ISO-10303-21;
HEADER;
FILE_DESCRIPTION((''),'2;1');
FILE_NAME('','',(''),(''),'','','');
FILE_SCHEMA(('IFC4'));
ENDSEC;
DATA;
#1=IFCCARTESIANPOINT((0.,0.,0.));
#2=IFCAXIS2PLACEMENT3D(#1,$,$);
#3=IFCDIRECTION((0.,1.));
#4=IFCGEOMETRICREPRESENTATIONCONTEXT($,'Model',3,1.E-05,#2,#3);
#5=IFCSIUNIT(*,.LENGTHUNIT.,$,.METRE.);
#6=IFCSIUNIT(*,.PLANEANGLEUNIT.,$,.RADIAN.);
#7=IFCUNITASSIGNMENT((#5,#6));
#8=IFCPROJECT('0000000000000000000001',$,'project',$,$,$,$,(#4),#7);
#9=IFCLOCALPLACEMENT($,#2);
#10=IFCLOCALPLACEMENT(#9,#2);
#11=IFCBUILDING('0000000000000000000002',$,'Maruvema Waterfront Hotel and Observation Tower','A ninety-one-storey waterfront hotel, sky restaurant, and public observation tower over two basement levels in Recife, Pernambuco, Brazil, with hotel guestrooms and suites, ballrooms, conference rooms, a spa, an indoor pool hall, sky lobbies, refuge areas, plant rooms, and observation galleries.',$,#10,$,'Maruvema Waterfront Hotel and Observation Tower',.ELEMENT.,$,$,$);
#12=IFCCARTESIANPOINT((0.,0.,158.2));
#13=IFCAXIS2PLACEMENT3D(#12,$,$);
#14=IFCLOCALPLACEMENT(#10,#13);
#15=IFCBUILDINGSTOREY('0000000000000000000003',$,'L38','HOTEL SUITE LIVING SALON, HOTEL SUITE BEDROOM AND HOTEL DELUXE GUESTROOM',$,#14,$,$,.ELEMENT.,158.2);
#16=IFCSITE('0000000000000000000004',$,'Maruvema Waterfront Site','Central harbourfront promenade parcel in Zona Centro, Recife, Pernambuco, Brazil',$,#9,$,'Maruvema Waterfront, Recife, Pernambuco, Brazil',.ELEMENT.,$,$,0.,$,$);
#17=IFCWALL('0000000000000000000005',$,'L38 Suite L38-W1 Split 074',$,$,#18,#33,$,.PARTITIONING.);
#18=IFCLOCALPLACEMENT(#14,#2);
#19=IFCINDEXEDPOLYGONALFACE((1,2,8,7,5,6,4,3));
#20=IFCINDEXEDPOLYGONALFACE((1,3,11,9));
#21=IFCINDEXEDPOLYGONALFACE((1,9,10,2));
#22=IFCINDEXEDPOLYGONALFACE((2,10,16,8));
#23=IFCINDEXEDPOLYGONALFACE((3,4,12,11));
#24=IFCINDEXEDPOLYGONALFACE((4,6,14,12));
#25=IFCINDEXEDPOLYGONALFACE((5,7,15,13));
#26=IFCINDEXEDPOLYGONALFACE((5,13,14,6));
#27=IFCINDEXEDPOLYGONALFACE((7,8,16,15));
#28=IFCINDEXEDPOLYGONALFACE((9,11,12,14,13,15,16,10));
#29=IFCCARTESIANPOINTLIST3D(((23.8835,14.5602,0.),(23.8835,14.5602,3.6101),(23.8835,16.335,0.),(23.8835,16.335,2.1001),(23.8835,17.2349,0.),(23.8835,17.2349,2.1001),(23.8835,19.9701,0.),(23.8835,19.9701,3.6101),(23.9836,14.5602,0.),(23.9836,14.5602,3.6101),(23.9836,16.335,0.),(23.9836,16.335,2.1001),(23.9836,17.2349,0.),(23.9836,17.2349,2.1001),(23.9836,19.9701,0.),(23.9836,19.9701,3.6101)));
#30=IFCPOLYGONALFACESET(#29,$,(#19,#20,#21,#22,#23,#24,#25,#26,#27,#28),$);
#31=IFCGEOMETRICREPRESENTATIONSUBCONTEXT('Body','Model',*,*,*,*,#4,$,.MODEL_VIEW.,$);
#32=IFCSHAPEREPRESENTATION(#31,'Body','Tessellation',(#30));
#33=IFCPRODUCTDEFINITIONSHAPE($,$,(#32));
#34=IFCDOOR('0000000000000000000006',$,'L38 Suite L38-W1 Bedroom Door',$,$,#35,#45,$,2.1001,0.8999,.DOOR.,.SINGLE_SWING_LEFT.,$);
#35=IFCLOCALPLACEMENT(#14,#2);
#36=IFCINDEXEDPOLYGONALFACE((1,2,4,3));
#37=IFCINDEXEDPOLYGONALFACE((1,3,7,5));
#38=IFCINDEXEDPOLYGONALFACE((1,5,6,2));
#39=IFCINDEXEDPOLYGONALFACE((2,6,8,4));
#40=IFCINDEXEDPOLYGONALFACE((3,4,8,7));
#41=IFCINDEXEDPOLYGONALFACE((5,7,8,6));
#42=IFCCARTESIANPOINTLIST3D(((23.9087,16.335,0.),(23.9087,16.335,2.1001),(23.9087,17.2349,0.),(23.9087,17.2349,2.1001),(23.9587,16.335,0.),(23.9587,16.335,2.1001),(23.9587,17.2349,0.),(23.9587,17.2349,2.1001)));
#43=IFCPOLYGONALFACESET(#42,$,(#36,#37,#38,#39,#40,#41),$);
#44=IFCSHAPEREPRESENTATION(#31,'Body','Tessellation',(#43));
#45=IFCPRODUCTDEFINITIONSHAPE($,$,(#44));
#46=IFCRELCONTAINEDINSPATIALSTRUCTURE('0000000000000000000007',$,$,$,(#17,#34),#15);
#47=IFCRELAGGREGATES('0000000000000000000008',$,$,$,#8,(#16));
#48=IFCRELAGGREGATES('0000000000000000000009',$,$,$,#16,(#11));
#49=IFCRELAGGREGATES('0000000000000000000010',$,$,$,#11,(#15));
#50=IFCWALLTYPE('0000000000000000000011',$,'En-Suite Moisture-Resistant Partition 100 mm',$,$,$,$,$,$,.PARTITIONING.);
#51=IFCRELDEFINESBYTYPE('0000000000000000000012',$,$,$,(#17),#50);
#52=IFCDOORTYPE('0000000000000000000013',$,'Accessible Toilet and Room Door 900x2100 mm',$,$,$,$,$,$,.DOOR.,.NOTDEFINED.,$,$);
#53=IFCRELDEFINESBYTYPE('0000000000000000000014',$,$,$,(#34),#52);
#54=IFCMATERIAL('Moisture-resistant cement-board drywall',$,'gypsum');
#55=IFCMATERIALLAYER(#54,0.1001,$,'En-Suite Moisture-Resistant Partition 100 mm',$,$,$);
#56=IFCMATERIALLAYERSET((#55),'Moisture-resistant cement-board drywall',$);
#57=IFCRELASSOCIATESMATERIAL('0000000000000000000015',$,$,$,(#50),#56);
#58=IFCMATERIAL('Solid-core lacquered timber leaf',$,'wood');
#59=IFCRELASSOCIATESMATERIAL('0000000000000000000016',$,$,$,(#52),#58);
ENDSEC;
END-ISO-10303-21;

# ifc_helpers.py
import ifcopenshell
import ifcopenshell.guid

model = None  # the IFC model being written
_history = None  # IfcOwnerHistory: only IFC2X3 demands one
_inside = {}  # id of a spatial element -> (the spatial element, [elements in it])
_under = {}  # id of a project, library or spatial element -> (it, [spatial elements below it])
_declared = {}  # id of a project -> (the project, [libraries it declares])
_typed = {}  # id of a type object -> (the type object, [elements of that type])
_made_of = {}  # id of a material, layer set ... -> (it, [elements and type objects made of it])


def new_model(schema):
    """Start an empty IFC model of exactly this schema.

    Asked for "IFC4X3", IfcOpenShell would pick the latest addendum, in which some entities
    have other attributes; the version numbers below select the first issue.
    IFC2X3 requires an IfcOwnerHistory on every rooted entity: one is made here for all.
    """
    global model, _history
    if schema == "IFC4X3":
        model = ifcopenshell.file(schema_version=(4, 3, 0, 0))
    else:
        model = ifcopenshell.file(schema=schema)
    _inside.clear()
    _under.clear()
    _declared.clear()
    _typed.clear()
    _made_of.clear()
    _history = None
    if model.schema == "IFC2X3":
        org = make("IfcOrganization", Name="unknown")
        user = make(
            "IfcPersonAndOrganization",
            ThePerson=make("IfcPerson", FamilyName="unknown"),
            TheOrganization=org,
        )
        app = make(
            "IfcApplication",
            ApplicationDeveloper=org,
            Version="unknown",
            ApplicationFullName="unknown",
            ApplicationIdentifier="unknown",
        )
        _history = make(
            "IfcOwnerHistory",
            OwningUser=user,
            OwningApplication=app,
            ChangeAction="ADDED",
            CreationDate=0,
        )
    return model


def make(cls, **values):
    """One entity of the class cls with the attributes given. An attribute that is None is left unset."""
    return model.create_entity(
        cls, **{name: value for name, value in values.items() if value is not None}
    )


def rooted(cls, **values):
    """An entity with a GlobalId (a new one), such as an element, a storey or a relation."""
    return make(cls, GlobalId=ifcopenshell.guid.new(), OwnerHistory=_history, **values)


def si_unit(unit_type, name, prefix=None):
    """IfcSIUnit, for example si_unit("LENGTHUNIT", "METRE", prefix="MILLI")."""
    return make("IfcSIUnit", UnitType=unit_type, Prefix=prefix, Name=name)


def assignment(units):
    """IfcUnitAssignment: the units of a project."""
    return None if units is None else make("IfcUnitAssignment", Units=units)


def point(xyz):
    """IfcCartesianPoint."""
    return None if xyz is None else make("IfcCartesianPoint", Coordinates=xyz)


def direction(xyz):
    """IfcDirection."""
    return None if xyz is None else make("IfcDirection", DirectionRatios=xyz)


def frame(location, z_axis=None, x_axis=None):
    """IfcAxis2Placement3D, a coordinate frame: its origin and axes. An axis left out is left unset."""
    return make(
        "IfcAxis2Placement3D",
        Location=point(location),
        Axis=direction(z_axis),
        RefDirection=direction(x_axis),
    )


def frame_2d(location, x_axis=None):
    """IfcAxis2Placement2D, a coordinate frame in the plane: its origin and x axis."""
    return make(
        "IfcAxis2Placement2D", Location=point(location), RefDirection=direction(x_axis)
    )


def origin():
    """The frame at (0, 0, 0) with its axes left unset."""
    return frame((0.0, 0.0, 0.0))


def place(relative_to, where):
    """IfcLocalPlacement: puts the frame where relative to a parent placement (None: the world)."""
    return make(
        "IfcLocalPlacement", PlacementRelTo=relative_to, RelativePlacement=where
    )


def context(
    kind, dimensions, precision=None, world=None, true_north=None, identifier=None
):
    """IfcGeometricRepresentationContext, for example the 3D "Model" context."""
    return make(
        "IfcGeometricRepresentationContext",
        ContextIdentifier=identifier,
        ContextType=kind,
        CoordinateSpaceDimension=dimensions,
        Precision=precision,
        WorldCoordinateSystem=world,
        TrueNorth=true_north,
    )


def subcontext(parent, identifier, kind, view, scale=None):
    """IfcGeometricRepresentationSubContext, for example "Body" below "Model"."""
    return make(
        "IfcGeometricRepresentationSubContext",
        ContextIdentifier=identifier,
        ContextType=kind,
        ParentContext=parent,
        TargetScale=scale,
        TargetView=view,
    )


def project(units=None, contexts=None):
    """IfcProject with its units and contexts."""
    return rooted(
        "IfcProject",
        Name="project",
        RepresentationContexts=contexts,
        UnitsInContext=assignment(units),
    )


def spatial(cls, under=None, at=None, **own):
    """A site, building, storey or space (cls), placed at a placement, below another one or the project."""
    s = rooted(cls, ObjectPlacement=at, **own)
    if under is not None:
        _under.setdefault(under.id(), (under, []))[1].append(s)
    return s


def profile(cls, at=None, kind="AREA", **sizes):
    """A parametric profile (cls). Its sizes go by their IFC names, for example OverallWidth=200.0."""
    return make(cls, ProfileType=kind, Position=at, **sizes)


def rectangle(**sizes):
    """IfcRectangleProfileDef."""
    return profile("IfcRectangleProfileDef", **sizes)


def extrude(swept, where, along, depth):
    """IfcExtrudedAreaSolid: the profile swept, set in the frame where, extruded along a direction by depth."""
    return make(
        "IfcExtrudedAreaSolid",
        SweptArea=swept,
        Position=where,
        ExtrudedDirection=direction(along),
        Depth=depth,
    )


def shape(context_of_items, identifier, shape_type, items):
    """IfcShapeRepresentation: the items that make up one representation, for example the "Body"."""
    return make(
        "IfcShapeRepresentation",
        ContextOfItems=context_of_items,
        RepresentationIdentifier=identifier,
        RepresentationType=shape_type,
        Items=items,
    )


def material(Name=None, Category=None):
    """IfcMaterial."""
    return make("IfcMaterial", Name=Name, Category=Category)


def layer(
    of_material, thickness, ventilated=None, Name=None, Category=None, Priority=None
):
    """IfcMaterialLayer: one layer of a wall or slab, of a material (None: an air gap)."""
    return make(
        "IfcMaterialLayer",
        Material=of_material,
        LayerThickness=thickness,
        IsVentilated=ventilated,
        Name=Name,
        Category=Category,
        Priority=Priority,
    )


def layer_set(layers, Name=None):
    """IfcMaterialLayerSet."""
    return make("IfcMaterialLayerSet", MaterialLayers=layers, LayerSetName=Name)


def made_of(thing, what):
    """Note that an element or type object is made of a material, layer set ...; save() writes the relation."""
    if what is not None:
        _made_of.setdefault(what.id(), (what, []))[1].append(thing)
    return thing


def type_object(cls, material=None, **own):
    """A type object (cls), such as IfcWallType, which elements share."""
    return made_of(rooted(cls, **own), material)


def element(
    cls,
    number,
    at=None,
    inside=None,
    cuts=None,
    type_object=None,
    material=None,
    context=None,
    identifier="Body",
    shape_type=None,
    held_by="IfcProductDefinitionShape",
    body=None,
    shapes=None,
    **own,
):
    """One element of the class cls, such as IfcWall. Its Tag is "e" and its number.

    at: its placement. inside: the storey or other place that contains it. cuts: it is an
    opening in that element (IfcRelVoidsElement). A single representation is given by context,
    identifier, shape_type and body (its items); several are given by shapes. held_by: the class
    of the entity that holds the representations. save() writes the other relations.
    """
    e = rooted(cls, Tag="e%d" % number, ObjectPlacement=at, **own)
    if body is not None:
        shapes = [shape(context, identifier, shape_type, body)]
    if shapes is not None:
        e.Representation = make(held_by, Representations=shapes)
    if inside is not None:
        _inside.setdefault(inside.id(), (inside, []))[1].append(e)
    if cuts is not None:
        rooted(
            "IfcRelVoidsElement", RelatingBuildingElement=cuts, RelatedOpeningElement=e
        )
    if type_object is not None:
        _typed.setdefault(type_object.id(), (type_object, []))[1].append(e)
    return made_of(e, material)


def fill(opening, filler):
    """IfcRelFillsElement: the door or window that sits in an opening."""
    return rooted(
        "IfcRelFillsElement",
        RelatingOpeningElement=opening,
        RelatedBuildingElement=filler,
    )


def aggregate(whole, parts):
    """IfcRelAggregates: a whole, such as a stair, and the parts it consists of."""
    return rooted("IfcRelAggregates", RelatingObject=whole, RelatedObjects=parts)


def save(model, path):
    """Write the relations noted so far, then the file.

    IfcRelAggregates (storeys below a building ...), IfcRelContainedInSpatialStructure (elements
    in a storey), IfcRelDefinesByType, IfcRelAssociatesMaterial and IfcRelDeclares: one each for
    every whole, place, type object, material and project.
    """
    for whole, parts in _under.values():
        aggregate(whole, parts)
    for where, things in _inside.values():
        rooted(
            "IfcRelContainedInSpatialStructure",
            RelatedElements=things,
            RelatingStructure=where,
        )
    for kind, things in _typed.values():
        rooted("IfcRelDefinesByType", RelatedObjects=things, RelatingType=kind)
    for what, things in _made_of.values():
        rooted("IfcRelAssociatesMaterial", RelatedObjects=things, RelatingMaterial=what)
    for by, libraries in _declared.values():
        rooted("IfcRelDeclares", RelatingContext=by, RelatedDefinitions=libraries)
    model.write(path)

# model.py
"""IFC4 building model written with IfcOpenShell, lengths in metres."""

from ifc_helpers import new_model, si_unit, direction, frame, frame_2d, origin, place, context, subcontext, project, spatial, rectangle, extrude, material, layer, layer_set, type_object, element, fill, save


model = new_model("IFC4")

# Units and contexts
model_context = context("Model", 3, precision=1e-05, world=origin(), true_north=direction((0.0, 1.0)))
body_context = subcontext(model_context, "Body", "Model", "MODEL_VIEW")
ifc_project = project(units=[si_unit("LENGTHUNIT", "METRE"), si_unit("PLANEANGLEUNIT", "RADIAN")], contexts=[model_context])

# Site, building, storey
site_placement = place(None, origin())
site = spatial("IfcSite", under=ifc_project, at=site_placement, Name="Maruvema Waterfront Site", Description="Central harbourfront promenade parcel in Zona Centro, Recife, Pernambuco, Brazil", LongName="Maruvema Waterfront, Recife, Pernambuco, Brazil", CompositionType="ELEMENT", RefElevation=0.0)
building_placement = place(site_placement, origin())
building = spatial("IfcBuilding", under=site, at=building_placement, Name="Maruvema Waterfront Hotel and Observation Tower", Description="A ninety-one-storey waterfront hotel, sky restaurant, and public observation tower over two basement levels in Recife, Pernambuco, Brazil, with hotel guestrooms and suites, ballrooms, conference rooms, a spa, an indoor pool hall, sky lobbies, refuge areas, plant rooms, and observation galleries.", LongName="Maruvema Waterfront Hotel and Observation Tower", CompositionType="ELEMENT")
storey_placement = place(building_placement, frame((0.0, 0.0, 158.2)))
storey = spatial("IfcBuildingStorey", under=building, at=storey_placement, Name="L38", Description="HOTEL SUITE LIVING SALON, HOTEL SUITE BEDROOM AND HOTEL DELUXE GUESTROOM", CompositionType="ELEMENT", Elevation=158.2)

# Shared definitions
ifc_material_1 = material(Name="Moisture-resistant cement-board drywall", Category="gypsum")
ifc_layer_1 = layer(ifc_material_1, 0.1001, Name="En-Suite Moisture-Resistant Partition 100 mm")
ifc_layer_set_1 = layer_set([ifc_layer_1], Name="Moisture-resistant cement-board drywall")
wall_type_1 = type_object("IfcWallType", Name="En-Suite Moisture-Resistant Partition 100 mm", PredefinedType="PARTITIONING", material=ifc_layer_set_1)

# Wall, opening, door
wall_1_placement = place(storey_placement, frame((23.9336, 14.5601, 0.0), z_axis=(0.0, 0.0, 1.0), x_axis=(0.0, 1.0, 0.0)))
wall_1 = element("IfcWall", 1, at=wall_1_placement, inside=storey, type_object=wall_type_1, Name="L38 Suite L38-W1 Split 074", PredefinedType="PARTITIONING", context=body_context, shape_type="SweptSolid", body=[
    extrude(rectangle(XDim=5.4099, YDim=0.1001, at=frame_2d((2.7051, 0.0))), origin(), (0.0, 0.0, 1.0), 3.6101),
])
opening_1_placement = place(wall_1_placement, frame((1.7749, 0.0, 0.0)))
opening_1 = element("IfcOpeningElement", 2, at=opening_1_placement, cuts=wall_1, PredefinedType="OPENING", context=body_context, shape_type="SweptSolid", body=[
    extrude(rectangle(XDim=0.8999, YDim=2.1001, at=frame_2d((0.45, 1.05))), frame((0.0, 0.0601, 0.0), z_axis=(0.0, -1.0, 0.0), x_axis=(1.0, 0.0, 0.0)), (0.0, 0.0, 1.0), 0.1201),
])
ifc_material_2 = material(Name="Solid-core lacquered timber leaf", Category="wood")
door_type_1 = type_object("IfcDoorType", Name="Accessible Toilet and Room Door 900x2100 mm", OperationType="NOTDEFINED", PredefinedType="DOOR", material=ifc_material_2)
door_1_placement = place(opening_1_placement, origin())
door_1 = element("IfcDoor", 3, at=door_1_placement, inside=storey, type_object=door_type_1, Name="L38 Suite L38-W1 Bedroom Door", OperationType="SINGLE_SWING_LEFT", OverallHeight=2.1001, OverallWidth=0.8999, PredefinedType="DOOR", context=body_context, shape_type="SweptSolid", body=[
    extrude(rectangle(XDim=0.8999, YDim=2.1001, at=frame_2d((0.45, 1.05))), frame((0.0, 0.0249, 0.0), z_axis=(0.0, -1.0, 0.0), x_axis=(1.0, 0.0, 0.0)), (0.0, 0.0, 1.0), 0.05),
])
fill(opening_1, door_1)

save(model, "model.ifc")
